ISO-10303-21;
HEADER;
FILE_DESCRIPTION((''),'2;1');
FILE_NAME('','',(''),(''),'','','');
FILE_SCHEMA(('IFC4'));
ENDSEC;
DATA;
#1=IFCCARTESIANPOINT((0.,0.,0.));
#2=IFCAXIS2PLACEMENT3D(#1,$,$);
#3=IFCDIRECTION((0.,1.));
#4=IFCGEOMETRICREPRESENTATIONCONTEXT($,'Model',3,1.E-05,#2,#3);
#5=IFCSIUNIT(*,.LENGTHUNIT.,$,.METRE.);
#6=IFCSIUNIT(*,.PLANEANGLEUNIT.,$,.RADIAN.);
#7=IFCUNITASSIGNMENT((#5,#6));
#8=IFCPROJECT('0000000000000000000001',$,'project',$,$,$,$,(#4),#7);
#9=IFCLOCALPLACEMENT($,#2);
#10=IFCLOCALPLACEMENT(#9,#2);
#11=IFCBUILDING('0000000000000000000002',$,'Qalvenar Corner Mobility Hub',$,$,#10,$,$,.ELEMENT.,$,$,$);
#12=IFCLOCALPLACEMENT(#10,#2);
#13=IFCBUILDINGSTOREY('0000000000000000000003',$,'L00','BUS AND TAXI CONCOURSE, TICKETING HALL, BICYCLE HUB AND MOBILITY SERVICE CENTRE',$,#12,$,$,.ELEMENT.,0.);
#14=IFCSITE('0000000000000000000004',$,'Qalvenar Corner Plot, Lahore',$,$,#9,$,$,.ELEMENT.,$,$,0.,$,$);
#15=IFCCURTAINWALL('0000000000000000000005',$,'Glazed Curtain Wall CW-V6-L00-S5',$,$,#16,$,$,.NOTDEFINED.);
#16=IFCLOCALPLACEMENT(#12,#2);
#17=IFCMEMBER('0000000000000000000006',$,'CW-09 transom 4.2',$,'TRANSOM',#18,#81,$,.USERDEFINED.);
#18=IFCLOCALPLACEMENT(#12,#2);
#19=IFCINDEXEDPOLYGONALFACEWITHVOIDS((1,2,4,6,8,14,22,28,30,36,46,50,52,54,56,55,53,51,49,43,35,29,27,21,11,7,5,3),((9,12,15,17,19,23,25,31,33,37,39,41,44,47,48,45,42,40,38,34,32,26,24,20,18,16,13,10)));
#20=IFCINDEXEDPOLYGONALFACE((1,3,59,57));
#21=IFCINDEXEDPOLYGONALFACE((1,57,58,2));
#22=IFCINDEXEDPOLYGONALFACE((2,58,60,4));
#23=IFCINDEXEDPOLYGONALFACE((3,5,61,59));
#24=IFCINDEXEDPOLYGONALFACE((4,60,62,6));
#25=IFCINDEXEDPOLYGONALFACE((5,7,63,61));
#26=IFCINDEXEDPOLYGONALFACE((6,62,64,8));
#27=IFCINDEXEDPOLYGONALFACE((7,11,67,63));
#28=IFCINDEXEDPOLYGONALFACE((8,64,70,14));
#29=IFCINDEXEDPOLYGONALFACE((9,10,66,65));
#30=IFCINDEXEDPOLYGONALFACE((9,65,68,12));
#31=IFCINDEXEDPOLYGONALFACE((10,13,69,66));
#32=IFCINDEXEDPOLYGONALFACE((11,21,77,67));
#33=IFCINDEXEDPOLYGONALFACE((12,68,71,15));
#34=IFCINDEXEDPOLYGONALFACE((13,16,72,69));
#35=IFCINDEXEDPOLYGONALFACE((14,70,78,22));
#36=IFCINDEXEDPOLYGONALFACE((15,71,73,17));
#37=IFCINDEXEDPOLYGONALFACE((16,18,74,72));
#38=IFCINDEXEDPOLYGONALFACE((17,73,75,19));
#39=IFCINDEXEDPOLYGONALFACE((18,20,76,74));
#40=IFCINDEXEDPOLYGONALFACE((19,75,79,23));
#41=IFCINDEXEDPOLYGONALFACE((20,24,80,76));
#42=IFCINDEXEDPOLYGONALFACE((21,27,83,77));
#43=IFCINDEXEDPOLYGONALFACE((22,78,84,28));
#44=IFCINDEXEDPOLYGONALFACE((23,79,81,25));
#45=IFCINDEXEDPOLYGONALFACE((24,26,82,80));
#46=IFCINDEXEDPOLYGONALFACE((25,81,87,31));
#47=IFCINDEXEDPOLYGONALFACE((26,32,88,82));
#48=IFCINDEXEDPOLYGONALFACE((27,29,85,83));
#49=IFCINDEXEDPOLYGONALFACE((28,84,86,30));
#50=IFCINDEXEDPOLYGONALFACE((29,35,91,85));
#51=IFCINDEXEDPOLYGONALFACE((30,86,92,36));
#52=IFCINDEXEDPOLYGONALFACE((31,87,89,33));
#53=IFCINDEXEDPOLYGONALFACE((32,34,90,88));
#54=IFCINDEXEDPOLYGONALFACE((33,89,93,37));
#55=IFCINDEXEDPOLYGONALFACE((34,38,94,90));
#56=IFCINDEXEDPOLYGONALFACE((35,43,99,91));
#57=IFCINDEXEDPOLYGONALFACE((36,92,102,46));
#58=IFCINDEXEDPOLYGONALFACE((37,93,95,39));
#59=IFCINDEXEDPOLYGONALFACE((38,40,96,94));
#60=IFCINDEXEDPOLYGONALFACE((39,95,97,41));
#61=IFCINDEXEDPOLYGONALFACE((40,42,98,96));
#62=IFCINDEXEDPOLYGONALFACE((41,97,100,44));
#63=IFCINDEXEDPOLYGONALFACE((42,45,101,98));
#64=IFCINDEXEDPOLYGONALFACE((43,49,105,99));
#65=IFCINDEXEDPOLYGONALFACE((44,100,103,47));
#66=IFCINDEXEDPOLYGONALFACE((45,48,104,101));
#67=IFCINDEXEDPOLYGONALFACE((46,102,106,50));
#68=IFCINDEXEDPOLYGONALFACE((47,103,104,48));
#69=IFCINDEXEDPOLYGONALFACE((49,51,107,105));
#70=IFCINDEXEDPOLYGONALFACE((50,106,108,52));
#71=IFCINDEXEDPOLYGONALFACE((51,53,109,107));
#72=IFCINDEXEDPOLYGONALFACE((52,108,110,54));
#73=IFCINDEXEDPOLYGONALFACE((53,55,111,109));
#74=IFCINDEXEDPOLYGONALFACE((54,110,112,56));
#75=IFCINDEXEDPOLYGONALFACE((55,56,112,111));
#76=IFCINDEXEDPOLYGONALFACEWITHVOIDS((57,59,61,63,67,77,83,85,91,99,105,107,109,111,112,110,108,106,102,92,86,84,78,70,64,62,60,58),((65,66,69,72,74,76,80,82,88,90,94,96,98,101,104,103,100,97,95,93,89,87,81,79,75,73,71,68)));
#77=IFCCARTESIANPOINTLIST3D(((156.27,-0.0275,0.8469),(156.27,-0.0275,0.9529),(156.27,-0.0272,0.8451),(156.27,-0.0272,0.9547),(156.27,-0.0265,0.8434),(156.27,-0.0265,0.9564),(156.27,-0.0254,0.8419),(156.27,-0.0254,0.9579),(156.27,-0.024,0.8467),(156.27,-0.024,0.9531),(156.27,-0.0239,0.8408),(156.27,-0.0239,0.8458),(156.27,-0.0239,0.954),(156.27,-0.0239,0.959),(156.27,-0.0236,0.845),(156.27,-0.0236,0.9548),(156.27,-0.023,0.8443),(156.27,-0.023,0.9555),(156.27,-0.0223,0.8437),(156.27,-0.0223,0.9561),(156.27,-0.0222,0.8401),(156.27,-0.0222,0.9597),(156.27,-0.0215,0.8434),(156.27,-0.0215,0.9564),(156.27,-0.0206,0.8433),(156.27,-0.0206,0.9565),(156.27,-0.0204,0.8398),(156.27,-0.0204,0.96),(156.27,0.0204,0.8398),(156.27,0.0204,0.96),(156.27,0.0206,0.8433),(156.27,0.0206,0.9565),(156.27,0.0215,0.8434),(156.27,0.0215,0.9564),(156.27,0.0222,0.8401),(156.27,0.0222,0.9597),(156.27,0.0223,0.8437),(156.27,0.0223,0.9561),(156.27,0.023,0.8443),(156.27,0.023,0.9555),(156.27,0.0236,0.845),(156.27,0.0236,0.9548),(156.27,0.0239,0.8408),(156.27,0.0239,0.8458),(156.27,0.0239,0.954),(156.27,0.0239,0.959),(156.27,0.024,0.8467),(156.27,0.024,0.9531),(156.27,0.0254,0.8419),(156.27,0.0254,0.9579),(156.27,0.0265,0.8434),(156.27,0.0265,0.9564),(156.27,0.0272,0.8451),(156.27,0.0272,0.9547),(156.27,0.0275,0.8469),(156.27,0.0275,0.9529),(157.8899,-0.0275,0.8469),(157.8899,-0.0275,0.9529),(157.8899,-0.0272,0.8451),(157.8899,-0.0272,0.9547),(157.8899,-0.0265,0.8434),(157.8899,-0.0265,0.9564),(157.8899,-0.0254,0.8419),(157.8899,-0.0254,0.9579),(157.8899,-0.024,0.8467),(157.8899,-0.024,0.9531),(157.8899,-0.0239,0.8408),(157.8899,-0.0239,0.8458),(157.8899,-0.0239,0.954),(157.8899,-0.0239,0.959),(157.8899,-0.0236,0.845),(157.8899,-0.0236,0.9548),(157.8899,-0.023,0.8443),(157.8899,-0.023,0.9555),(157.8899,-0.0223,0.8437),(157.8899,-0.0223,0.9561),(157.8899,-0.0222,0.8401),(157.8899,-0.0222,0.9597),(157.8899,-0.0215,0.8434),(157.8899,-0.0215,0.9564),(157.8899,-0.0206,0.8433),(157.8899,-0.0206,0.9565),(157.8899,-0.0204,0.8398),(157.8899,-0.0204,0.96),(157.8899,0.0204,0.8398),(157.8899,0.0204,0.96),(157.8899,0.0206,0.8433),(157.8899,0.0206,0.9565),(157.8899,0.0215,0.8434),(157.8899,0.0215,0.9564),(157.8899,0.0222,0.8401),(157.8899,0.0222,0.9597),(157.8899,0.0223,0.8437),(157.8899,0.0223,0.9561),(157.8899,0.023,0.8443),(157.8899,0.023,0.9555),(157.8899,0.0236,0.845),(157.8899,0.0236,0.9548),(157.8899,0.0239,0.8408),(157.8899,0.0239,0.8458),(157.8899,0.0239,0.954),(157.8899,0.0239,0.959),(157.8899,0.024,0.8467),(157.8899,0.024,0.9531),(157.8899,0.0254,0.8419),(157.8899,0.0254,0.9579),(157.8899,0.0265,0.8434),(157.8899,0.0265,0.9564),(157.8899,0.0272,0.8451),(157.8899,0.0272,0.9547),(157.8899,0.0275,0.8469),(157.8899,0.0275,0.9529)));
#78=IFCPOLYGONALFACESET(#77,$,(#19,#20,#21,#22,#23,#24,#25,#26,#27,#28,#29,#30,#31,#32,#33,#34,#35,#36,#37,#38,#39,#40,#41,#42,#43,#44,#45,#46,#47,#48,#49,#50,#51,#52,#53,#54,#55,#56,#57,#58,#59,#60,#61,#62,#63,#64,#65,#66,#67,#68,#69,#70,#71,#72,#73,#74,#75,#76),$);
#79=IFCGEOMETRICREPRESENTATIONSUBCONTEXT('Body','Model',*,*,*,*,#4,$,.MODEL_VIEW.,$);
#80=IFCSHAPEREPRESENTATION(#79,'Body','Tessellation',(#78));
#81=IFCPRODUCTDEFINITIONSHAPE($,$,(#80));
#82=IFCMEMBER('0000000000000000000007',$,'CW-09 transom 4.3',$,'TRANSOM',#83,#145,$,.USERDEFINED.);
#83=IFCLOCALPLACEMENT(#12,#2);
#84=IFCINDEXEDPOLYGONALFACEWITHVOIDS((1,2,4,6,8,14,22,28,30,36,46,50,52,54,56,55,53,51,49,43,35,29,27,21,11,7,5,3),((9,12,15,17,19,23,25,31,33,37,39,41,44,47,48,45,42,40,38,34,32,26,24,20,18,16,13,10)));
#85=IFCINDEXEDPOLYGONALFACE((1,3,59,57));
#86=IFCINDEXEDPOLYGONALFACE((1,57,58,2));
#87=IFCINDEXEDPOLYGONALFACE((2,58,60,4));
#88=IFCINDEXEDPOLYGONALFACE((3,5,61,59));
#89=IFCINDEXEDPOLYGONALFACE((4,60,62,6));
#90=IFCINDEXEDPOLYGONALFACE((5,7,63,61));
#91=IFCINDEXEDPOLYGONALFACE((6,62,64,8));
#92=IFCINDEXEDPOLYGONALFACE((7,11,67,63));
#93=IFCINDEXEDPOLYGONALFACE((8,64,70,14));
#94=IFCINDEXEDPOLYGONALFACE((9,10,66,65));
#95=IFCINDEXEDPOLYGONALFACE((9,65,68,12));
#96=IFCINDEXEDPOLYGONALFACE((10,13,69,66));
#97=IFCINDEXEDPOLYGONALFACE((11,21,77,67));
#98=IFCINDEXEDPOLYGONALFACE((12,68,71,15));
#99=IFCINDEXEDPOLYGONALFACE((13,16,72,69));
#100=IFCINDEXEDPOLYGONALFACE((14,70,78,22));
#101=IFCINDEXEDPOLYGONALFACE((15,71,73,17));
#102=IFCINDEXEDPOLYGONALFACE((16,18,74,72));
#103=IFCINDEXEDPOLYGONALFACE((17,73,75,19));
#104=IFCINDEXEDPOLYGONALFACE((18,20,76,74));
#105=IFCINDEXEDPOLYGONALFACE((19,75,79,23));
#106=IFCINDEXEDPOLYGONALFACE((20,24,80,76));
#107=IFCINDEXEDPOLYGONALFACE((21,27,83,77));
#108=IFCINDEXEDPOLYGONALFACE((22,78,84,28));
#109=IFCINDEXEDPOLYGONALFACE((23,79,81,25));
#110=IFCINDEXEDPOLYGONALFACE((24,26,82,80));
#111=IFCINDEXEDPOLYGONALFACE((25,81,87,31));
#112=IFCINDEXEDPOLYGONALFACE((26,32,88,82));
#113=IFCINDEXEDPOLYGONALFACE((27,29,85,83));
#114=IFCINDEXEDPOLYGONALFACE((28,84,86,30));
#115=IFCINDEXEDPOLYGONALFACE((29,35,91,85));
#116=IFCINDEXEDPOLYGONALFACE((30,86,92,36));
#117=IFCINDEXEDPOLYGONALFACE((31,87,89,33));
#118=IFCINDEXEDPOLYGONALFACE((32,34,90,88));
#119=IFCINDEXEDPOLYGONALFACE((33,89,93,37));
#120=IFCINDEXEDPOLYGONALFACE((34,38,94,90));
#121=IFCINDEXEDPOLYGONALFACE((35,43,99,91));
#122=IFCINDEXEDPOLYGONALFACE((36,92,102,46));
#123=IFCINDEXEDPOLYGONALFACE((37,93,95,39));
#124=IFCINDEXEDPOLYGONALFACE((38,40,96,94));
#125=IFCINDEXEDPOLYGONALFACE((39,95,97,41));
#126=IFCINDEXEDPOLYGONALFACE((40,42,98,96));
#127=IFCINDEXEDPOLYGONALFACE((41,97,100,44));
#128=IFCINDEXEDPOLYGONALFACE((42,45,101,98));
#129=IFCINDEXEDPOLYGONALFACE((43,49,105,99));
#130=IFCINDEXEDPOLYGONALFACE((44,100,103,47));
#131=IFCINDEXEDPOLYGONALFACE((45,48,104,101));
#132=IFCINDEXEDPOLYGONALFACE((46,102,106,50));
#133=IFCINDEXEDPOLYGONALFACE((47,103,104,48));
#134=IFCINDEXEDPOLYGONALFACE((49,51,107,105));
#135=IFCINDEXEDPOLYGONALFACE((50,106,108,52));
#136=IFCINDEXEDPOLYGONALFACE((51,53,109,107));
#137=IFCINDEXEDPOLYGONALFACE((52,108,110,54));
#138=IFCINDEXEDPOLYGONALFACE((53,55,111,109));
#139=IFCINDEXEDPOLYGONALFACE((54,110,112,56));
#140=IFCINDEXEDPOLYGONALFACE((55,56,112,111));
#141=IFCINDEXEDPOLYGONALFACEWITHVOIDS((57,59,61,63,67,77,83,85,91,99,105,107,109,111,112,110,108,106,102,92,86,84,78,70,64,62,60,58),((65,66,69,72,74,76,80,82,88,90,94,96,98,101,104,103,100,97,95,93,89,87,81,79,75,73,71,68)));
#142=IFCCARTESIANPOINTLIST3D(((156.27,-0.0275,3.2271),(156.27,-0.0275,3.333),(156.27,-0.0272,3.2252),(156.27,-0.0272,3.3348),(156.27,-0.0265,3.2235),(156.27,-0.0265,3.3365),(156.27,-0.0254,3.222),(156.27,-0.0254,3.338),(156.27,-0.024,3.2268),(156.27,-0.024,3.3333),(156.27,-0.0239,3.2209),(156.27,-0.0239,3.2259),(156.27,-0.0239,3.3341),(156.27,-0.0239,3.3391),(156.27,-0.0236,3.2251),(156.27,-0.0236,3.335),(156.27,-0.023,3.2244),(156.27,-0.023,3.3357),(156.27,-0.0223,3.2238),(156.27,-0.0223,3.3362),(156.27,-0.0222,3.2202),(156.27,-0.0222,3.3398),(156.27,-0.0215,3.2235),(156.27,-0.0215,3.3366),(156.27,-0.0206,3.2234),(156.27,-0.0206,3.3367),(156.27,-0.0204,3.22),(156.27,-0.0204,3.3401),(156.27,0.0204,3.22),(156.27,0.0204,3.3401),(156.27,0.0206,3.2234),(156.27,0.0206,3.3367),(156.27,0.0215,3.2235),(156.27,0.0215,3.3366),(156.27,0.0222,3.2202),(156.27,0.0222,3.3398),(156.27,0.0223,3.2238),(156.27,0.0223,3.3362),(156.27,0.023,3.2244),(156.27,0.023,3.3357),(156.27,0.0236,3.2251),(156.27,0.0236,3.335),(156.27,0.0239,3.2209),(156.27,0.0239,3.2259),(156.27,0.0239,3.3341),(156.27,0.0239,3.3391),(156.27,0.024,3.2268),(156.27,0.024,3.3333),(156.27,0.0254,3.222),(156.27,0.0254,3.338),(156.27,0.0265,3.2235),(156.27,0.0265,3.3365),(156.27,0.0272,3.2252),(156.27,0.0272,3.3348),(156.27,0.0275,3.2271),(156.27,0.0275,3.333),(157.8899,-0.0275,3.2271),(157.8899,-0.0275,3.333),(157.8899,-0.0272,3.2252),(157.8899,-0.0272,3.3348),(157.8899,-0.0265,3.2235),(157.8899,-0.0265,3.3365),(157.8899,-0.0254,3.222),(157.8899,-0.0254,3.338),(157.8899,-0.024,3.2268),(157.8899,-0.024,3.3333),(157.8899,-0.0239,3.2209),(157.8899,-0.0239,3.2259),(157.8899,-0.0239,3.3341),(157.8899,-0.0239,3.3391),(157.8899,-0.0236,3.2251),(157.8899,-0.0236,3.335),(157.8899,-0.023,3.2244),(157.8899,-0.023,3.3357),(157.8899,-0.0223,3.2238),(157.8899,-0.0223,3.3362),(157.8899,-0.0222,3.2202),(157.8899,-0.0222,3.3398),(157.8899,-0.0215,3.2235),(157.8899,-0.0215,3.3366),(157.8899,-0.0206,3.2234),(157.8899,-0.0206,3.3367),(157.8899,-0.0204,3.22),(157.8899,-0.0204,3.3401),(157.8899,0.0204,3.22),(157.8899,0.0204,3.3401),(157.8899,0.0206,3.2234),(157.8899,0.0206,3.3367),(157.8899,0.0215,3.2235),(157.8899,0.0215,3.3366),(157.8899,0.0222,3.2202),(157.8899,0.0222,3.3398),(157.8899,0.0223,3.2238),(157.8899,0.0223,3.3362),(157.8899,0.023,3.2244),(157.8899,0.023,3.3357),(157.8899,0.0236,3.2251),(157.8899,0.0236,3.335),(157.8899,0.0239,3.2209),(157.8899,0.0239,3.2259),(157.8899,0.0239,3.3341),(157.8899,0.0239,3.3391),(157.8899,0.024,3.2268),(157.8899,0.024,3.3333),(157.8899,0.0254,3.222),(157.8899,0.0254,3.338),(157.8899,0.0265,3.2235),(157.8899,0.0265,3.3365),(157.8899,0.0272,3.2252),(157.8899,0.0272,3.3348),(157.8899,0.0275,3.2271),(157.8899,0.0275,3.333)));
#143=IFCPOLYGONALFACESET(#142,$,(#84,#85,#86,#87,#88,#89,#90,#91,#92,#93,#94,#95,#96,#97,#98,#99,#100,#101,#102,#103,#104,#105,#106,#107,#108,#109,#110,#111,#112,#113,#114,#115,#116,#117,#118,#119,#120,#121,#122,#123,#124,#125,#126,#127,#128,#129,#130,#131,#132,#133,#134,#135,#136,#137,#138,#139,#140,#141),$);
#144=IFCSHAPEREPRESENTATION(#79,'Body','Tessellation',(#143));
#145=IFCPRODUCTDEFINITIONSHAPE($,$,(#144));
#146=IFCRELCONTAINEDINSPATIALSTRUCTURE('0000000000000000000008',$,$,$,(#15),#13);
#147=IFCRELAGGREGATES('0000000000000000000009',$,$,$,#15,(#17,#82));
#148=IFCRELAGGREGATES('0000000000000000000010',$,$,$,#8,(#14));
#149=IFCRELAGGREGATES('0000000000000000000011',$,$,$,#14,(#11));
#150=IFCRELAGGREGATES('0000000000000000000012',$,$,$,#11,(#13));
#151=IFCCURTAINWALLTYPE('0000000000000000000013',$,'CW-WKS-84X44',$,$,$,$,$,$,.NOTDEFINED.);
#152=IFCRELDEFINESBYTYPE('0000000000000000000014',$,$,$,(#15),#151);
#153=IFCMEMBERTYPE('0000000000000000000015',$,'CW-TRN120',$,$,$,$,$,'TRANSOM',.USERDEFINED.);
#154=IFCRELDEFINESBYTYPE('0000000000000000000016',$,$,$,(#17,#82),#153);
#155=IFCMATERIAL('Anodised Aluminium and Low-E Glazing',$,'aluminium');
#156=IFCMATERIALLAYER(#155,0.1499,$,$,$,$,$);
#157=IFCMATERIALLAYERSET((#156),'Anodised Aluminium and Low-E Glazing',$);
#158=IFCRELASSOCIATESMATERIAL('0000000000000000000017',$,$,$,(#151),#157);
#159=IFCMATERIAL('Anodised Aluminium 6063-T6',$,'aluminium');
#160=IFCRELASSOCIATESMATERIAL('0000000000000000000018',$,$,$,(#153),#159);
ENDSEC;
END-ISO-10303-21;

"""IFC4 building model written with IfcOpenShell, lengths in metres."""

from ifc_helpers import new_model, si_unit, direction, frame, origin, origin_2d, place, context, subcontext, project, spatial, hollow_rectangle, extrude, material, layer, layer_set, material_profile, profile_set, type_object, element, aggregate, save


model = new_model("IFC4")

# Units and contexts
model_context = context("Model", 3, precision=1e-05, world=origin(), true_north=direction((0.0, 1.0)))
body_context = subcontext(model_context, "Body", "Model", "MODEL_VIEW")
ifc_project = project(units=[si_unit("LENGTHUNIT", "METRE"), si_unit("PLANEANGLEUNIT", "RADIAN")], contexts=[model_context])

# Site, building, storey
site_placement = place(None, origin())
site = spatial("IfcSite", under=ifc_project, at=site_placement, Name="Qalvenar Corner Plot, Lahore", CompositionType="ELEMENT", RefElevation=0.0)
building_placement = place(site_placement, origin())
building = spatial("IfcBuilding", under=site, at=building_placement, Name="Qalvenar Corner Mobility Hub", CompositionType="ELEMENT")
storey_placement = place(building_placement, origin())
storey = spatial("IfcBuildingStorey", under=building, at=storey_placement, Name="L00", Description="BUS AND TAXI CONCOURSE, TICKETING HALL, BICYCLE HUB AND MOBILITY SERVICE CENTRE", CompositionType="ELEMENT", Elevation=0.0)

# Curtain wall, members
ifc_material_1 = material(Name="Anodised Aluminium and Low-E Glazing", Category="aluminium")
ifc_layer_1 = layer(ifc_material_1, 0.1499)
ifc_layer_set_1 = layer_set([ifc_layer_1], Name="Anodised Aluminium and Low-E Glazing")
curtain_wall_type = type_object("IfcCurtainWallType", Name="CW-WKS-84X44", PredefinedType="NOTDEFINED", material=ifc_layer_set_1)
curtain_wall_placement = place(storey_placement, origin())
curtain_wall = element("IfcCurtainWall", 1, at=curtain_wall_placement, inside=storey, type_object=curtain_wall_type, Name="Glazed Curtain Wall CW-V6-L00-S5", PredefinedType="NOTDEFINED")
ifc_material_2 = material(Name="Anodised Aluminium 6063-T6", Category="aluminium")
ifc_material_profile_1 = material_profile(ifc_material_2, hollow_rectangle(XDim=0.0549, YDim=0.1201, WallThickness=0.0034, InnerFilletRadius=0.0034, OuterFilletRadius=0.0071, at=origin_2d()), Name="RHS120x55x3.5")
ifc_profile_set_1 = profile_set([ifc_material_profile_1], Name="Anodised Aluminium 6063-T6")
member_type_1 = type_object("IfcMemberType", Name="CW-TRN120", ElementType="TRANSOM", PredefinedType="USERDEFINED", material=ifc_profile_set_1)
member_1_placement = place(storey_placement, frame((156.27, 0.0, 0.8999), z_axis=(1.0, 0.0, 0.0), x_axis=(0.0, 1.0, 0.0)))
member_1 = element("IfcMember", 2, at=member_1_placement, type_object=member_type_1, Name="CW-09 transom 4.2", ObjectType="TRANSOM", PredefinedType="USERDEFINED", context=body_context, shape_type="SweptSolid", body=[
    extrude(hollow_rectangle(XDim=0.0549, YDim=0.1201, WallThickness=0.0034, InnerFilletRadius=0.0034, OuterFilletRadius=0.0071, at=origin_2d()), origin(), (0.0, 0.0, 1.0), 1.6199),
])
member_2_placement = place(storey_placement, frame((156.27, 0.0, 3.28), z_axis=(1.0, 0.0, 0.0), x_axis=(0.0, 1.0, 0.0)))
member_2 = element("IfcMember", 3, at=member_2_placement, type_object=member_type_1, Name="CW-09 transom 4.3", ObjectType="TRANSOM", PredefinedType="USERDEFINED", context=body_context, shape_type="SweptSolid", body=[
    extrude(hollow_rectangle(XDim=0.0549, YDim=0.1201, WallThickness=0.0034, InnerFilletRadius=0.0034, OuterFilletRadius=0.0071, at=origin_2d()), origin(), (0.0, 0.0, 1.0), 1.6199),
])
aggregate(curtain_wall, [member_1, member_2])

save(model, "model.ifc")
